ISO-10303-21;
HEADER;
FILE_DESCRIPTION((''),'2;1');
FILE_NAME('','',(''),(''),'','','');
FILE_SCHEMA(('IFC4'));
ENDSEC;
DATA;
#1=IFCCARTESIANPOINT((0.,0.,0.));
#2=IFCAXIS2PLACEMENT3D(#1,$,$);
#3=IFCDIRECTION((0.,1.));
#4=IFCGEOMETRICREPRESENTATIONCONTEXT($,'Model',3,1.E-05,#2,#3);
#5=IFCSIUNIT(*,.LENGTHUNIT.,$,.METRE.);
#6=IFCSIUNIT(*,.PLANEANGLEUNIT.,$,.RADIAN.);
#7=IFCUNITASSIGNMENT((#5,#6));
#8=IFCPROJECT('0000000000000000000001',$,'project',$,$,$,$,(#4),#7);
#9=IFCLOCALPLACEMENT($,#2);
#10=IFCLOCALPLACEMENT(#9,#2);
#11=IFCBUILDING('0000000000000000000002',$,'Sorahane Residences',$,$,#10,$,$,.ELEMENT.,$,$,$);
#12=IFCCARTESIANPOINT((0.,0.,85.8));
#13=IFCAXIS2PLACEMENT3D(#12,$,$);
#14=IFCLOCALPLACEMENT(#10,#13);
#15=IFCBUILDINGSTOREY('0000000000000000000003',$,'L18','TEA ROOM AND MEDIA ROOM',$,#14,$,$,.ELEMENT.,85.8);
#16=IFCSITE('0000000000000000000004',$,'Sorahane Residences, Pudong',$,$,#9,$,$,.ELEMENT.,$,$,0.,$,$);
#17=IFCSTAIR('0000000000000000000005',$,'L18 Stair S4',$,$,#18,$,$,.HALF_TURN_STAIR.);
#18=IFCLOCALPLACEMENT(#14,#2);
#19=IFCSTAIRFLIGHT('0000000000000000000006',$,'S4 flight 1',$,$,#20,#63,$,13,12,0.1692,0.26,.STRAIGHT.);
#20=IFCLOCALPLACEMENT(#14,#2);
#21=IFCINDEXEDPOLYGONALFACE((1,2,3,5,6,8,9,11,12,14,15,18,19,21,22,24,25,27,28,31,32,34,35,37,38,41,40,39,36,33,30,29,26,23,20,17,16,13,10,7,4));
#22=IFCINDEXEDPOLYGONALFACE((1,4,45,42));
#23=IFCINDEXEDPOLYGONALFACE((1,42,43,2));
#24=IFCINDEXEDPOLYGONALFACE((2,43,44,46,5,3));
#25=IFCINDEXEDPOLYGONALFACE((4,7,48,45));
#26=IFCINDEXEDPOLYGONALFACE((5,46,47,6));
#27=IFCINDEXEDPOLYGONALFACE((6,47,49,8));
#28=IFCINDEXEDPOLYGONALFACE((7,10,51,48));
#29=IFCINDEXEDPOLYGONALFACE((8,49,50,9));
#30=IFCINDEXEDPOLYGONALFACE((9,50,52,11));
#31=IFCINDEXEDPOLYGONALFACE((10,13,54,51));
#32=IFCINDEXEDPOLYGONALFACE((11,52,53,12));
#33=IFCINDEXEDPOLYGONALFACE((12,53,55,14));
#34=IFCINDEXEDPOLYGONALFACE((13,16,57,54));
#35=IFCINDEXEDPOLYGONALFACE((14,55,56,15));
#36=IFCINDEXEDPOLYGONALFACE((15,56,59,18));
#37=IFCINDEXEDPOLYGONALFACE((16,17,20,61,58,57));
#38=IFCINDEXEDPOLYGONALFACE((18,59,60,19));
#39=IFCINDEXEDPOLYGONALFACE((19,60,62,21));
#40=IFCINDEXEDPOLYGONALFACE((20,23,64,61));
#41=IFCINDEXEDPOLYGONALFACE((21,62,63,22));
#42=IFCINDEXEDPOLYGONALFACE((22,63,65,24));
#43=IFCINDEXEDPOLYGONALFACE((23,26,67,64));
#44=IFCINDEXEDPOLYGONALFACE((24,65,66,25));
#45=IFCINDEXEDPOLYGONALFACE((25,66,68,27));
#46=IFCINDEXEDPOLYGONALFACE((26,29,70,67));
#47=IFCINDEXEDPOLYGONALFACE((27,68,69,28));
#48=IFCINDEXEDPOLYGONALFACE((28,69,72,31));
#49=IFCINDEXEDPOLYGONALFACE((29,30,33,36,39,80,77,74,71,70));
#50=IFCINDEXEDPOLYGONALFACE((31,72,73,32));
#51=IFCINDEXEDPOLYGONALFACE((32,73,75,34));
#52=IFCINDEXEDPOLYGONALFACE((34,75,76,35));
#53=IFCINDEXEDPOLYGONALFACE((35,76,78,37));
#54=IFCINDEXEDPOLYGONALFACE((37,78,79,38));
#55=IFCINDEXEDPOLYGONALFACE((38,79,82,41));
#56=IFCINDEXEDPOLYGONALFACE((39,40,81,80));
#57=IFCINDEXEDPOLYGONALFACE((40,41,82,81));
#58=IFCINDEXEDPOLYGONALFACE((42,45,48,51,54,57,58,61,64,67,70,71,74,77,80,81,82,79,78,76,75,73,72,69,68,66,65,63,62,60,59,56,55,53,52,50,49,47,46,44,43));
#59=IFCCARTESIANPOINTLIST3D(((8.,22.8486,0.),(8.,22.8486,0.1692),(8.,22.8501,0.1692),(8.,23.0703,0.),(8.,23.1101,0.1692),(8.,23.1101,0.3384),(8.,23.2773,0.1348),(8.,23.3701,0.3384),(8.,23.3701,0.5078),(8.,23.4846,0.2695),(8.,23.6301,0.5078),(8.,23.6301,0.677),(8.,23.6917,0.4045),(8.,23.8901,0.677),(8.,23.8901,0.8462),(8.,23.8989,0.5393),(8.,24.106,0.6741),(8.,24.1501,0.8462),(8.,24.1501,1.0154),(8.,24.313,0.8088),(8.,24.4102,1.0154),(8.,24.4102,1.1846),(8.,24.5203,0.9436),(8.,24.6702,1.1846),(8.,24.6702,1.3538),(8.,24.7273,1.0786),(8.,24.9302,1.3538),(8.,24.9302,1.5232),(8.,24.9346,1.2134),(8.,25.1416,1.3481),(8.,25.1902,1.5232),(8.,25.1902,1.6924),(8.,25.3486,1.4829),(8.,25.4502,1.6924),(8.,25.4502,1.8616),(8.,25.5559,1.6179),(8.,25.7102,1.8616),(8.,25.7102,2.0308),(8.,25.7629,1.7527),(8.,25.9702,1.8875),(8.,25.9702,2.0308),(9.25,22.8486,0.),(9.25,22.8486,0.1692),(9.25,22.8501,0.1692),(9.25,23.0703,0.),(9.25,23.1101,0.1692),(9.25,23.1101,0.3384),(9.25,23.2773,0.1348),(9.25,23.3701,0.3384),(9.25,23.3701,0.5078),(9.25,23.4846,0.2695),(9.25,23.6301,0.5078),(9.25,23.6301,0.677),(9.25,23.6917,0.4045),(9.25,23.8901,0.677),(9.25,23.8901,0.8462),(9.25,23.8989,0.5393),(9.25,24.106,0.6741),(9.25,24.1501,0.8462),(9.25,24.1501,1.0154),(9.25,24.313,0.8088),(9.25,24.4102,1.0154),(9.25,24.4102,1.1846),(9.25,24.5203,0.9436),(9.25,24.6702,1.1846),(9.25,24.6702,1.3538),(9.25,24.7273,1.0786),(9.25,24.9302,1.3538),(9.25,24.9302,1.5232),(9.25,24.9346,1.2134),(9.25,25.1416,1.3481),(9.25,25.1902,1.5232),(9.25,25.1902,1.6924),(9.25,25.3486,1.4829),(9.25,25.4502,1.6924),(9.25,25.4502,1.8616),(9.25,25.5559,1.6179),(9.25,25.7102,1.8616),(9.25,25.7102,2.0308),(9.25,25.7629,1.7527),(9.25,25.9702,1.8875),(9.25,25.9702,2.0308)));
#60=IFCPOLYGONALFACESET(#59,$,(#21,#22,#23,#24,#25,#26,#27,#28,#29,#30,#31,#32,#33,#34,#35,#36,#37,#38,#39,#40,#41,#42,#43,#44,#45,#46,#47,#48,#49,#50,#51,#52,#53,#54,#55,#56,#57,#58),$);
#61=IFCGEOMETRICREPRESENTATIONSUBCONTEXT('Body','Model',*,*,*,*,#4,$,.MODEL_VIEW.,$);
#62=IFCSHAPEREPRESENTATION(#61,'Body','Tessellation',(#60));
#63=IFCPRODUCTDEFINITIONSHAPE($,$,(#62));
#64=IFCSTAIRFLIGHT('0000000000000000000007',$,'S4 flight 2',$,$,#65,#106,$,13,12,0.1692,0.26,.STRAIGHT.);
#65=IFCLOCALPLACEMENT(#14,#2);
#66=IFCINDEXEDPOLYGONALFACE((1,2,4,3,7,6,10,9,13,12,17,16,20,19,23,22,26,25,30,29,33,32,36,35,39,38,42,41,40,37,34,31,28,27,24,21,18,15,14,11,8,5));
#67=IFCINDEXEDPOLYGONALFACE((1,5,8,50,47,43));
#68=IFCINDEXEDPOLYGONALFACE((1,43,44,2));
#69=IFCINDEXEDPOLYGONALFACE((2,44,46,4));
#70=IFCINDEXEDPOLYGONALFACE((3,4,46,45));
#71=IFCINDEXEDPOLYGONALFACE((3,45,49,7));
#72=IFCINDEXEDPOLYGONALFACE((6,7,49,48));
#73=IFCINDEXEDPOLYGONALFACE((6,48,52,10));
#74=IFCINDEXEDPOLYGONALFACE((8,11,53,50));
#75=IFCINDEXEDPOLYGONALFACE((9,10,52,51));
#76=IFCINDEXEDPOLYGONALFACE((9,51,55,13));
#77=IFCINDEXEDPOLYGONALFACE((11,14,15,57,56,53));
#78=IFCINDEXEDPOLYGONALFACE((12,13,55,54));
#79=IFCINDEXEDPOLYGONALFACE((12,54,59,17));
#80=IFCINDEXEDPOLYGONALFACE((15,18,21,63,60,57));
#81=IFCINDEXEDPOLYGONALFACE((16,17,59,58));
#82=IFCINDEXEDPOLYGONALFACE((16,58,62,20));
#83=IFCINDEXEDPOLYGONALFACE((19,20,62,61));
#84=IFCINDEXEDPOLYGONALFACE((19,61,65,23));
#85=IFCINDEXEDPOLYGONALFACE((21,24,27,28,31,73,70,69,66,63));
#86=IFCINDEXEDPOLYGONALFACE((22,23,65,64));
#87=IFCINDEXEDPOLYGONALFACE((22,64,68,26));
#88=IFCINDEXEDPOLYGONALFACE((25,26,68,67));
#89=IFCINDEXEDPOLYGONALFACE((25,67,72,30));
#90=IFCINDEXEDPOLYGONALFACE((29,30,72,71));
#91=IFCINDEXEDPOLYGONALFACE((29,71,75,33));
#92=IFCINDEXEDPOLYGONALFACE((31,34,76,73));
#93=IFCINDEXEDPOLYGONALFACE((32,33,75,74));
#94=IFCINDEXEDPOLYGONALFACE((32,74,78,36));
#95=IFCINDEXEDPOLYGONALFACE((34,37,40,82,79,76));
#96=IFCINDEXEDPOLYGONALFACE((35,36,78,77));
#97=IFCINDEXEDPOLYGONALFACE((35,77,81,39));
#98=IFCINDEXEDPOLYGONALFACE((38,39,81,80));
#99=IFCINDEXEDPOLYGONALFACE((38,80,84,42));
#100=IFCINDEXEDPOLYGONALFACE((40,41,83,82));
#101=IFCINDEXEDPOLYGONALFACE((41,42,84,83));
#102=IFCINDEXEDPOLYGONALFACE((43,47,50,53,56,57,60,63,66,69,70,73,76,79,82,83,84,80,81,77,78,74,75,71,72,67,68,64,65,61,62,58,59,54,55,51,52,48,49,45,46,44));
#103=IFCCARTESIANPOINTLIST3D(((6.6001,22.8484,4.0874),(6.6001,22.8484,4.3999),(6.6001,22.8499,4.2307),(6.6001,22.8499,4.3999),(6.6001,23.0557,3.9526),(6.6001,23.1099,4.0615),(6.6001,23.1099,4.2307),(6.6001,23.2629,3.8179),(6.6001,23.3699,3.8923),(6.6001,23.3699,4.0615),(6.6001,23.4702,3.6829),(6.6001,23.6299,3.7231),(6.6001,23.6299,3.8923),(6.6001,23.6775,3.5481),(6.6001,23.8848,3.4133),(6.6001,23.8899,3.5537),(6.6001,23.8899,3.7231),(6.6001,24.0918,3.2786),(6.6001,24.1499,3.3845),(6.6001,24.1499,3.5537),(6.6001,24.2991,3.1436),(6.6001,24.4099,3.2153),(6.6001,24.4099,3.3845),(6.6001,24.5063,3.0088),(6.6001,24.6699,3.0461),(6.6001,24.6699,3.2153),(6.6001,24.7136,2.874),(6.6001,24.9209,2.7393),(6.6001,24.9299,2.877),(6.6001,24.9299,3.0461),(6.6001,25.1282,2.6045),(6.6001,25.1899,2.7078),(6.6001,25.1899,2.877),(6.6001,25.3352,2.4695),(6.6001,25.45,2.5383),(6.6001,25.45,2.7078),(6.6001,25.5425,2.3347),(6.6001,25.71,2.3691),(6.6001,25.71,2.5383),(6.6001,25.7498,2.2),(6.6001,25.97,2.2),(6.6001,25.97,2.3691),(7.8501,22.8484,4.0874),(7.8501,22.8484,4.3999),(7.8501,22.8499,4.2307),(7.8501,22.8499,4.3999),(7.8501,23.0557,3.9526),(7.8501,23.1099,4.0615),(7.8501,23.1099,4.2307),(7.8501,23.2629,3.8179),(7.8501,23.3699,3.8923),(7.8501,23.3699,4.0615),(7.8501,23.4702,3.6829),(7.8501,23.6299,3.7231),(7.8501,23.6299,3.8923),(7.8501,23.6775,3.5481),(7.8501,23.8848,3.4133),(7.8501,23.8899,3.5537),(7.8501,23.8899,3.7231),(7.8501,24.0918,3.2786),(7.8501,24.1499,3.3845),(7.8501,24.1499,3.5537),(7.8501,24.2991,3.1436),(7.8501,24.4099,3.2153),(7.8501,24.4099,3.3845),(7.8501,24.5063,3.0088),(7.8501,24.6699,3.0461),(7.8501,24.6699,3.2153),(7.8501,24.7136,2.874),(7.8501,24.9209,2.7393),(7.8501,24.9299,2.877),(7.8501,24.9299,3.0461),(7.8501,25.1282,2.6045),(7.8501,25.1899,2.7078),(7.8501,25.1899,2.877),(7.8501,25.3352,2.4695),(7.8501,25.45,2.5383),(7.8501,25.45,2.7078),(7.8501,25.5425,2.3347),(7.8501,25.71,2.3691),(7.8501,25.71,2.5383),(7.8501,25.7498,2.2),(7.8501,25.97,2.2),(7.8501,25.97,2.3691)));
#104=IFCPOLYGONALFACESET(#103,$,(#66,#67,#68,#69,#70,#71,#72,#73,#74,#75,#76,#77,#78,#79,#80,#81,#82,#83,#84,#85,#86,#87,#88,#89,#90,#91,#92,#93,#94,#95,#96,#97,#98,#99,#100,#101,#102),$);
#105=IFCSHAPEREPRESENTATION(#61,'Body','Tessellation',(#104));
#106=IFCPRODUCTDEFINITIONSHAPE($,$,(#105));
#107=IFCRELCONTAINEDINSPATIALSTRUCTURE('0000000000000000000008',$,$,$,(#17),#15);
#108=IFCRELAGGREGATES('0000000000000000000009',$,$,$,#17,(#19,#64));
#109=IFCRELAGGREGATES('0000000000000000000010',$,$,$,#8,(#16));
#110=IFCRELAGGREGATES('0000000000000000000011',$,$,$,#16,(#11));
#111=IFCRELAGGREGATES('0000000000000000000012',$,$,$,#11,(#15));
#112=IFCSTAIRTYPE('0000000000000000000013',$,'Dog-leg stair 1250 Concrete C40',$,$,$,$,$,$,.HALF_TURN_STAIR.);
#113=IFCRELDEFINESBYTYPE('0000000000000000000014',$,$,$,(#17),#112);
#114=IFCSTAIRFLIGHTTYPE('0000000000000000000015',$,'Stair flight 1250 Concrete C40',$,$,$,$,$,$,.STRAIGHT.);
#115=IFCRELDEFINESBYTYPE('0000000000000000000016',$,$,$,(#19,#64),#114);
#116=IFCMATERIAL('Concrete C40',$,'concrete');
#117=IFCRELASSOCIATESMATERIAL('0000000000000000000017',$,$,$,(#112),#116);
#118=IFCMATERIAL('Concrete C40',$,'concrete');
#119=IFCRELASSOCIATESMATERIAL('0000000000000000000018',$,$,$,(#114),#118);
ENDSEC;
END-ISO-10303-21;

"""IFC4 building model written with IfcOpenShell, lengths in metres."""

from ifc_helpers import new_model, si_unit, direction, frame, origin, place, context, subcontext, project, spatial, polyline, outline, extrude, material, type_object, element, aggregate, save


model = new_model("IFC4")

# Units and contexts
model_context = context("Model", 3, precision=1e-05, world=origin(), true_north=direction((0.0, 1.0)))
body_context = subcontext(model_context, "Body", "Model", "MODEL_VIEW")
ifc_project = project(units=[si_unit("LENGTHUNIT", "METRE"), si_unit("PLANEANGLEUNIT", "RADIAN")], contexts=[model_context])

# Site, building, storey
site_placement = place(None, origin())
site = spatial("IfcSite", under=ifc_project, at=site_placement, Name="Sorahane Residences, Pudong", CompositionType="ELEMENT", RefElevation=0.0)
building_placement = place(site_placement, origin())
building = spatial("IfcBuilding", under=site, at=building_placement, Name="Sorahane Residences", CompositionType="ELEMENT")
storey_placement = place(building_placement, frame((0.0, 0.0, 85.8)))
storey = spatial("IfcBuildingStorey", under=building, at=storey_placement, Name="L18", Description="TEA ROOM AND MEDIA ROOM", CompositionType="ELEMENT", Elevation=85.8)

# Stair, stair flights
ifc_material_1 = material(Name="Concrete C40", Category="concrete")
stair_type = type_object("IfcStairType", Name="Dog-leg stair 1250 Concrete C40", PredefinedType="HALF_TURN_STAIR", material=ifc_material_1)
stair_placement = place(storey_placement, origin())
stair = element("IfcStair", 1, at=stair_placement, inside=storey, type_object=stair_type, Name="L18 Stair S4", PredefinedType="HALF_TURN_STAIR")
ifc_material_2 = material(Name="Concrete C40", Category="concrete")
stair_flight_type = type_object("IfcStairFlightType", Name="Stair flight 1250 Concrete C40", PredefinedType="STRAIGHT", material=ifc_material_2)
stair_flight_1_placement = place(storey_placement, frame((8.625, 22.8501, 0.0), z_axis=(0.0, 0.0, 1.0), x_axis=(0.0, 1.0, 0.0)))
stair_flight_1 = element("IfcStairFlight", 2, at=stair_flight_1_placement, type_object=stair_flight_type, Name="S4 flight 1", NumberOfRisers=13, NumberOfTreads=12, PredefinedType="STRAIGHT", RiserHeight=0.1692, TreadLength=0.26, context=body_context, shape_type="SweptSolid", body=[
    extrude(outline(polyline([(-0.0015, 0.0), (-0.0015, 0.1692), (0.0, 0.1692), (0.26, 0.1692), (0.26, 0.3384), (0.52, 0.3384), (0.52, 0.5078), (0.78, 0.5078), (0.78, 0.677), (1.04, 0.677), (1.04, 0.8462), (1.3, 0.8462), (1.3, 1.0154), (1.5601, 1.0154), (1.5601, 1.1846), (1.8201, 1.1846), (1.8201, 1.3538), (2.0801, 1.3538), (2.0801, 1.5232), (2.3401, 1.5232), (2.3401, 1.6924), (2.6001, 1.6924), (2.6001, 1.8616), (2.8601, 1.8616), (2.8601, 2.0308), (3.1201, 2.0308), (3.1201, 2.2), (3.1201, 1.8875), (2.9128, 1.7527), (2.7058, 1.6179), (2.4985, 1.4829), (2.2915, 1.3481), (2.0845, 1.2134), (1.8772, 1.0786), (1.6702, 0.9436), (1.4629, 0.8088), (1.2559, 0.6741), (1.0488, 0.5393), (0.8416, 0.4045), (0.6345, 0.2695), (0.4272, 0.1348), (0.2202, 0.0), (-0.0015, 0.0)])), frame((0.0, 0.625, 0.0), z_axis=(0.0, -1.0, 0.0), x_axis=(1.0, 0.0, 0.0)), (0.0, 0.0, 1.0), 1.25),
])
stair_flight_2_placement = place(storey_placement, frame((7.2251, 25.97, 2.2), z_axis=(0.0, 0.0, 1.0), x_axis=(0.0, -1.0, 0.0)))
stair_flight_2 = element("IfcStairFlight", 3, at=stair_flight_2_placement, type_object=stair_flight_type, Name="S4 flight 2", NumberOfRisers=13, NumberOfTreads=12, PredefinedType="STRAIGHT", RiserHeight=0.1692, TreadLength=0.26, context=body_context, shape_type="SweptSolid", body=[
    extrude(outline(polyline([(0.0, 0.0), (0.0, 0.1692), (0.26, 0.1692), (0.26, 0.3384), (0.52, 0.3384), (0.52, 0.5078), (0.78, 0.5078), (0.78, 0.677), (1.04, 0.677), (1.04, 0.8462), (1.3, 0.8462), (1.3, 1.0154), (1.5601, 1.0154), (1.5601, 1.1846), (1.8201, 1.1846), (1.8201, 1.3538), (2.0801, 1.3538), (2.0801, 1.5232), (2.3401, 1.5232), (2.3401, 1.6924), (2.6001, 1.6924), (2.6001, 1.8616), (2.8601, 1.8616), (2.8601, 2.0308), (3.1201, 2.0308), (3.1201, 2.2), (3.1216, 2.2), (3.1216, 1.8875), (2.9143, 1.7527), (2.707, 1.6179), (2.4998, 1.4829), (2.2925, 1.3481), (2.0852, 1.2134), (1.8782, 1.0786), (1.6709, 0.9436), (1.4636, 0.8088), (1.2563, 0.6741), (1.0491, 0.5393), (0.8418, 0.4045), (0.6348, 0.2695), (0.4275, 0.1348), (0.2202, 0.0), (0.0, 0.0)])), frame((0.0, 0.625, 0.0), z_axis=(0.0, -1.0, 0.0), x_axis=(1.0, 0.0, 0.0)), (0.0, 0.0, 1.0), 1.25),
])
aggregate(stair, [stair_flight_1, stair_flight_2])

save(model, "model.ifc")
